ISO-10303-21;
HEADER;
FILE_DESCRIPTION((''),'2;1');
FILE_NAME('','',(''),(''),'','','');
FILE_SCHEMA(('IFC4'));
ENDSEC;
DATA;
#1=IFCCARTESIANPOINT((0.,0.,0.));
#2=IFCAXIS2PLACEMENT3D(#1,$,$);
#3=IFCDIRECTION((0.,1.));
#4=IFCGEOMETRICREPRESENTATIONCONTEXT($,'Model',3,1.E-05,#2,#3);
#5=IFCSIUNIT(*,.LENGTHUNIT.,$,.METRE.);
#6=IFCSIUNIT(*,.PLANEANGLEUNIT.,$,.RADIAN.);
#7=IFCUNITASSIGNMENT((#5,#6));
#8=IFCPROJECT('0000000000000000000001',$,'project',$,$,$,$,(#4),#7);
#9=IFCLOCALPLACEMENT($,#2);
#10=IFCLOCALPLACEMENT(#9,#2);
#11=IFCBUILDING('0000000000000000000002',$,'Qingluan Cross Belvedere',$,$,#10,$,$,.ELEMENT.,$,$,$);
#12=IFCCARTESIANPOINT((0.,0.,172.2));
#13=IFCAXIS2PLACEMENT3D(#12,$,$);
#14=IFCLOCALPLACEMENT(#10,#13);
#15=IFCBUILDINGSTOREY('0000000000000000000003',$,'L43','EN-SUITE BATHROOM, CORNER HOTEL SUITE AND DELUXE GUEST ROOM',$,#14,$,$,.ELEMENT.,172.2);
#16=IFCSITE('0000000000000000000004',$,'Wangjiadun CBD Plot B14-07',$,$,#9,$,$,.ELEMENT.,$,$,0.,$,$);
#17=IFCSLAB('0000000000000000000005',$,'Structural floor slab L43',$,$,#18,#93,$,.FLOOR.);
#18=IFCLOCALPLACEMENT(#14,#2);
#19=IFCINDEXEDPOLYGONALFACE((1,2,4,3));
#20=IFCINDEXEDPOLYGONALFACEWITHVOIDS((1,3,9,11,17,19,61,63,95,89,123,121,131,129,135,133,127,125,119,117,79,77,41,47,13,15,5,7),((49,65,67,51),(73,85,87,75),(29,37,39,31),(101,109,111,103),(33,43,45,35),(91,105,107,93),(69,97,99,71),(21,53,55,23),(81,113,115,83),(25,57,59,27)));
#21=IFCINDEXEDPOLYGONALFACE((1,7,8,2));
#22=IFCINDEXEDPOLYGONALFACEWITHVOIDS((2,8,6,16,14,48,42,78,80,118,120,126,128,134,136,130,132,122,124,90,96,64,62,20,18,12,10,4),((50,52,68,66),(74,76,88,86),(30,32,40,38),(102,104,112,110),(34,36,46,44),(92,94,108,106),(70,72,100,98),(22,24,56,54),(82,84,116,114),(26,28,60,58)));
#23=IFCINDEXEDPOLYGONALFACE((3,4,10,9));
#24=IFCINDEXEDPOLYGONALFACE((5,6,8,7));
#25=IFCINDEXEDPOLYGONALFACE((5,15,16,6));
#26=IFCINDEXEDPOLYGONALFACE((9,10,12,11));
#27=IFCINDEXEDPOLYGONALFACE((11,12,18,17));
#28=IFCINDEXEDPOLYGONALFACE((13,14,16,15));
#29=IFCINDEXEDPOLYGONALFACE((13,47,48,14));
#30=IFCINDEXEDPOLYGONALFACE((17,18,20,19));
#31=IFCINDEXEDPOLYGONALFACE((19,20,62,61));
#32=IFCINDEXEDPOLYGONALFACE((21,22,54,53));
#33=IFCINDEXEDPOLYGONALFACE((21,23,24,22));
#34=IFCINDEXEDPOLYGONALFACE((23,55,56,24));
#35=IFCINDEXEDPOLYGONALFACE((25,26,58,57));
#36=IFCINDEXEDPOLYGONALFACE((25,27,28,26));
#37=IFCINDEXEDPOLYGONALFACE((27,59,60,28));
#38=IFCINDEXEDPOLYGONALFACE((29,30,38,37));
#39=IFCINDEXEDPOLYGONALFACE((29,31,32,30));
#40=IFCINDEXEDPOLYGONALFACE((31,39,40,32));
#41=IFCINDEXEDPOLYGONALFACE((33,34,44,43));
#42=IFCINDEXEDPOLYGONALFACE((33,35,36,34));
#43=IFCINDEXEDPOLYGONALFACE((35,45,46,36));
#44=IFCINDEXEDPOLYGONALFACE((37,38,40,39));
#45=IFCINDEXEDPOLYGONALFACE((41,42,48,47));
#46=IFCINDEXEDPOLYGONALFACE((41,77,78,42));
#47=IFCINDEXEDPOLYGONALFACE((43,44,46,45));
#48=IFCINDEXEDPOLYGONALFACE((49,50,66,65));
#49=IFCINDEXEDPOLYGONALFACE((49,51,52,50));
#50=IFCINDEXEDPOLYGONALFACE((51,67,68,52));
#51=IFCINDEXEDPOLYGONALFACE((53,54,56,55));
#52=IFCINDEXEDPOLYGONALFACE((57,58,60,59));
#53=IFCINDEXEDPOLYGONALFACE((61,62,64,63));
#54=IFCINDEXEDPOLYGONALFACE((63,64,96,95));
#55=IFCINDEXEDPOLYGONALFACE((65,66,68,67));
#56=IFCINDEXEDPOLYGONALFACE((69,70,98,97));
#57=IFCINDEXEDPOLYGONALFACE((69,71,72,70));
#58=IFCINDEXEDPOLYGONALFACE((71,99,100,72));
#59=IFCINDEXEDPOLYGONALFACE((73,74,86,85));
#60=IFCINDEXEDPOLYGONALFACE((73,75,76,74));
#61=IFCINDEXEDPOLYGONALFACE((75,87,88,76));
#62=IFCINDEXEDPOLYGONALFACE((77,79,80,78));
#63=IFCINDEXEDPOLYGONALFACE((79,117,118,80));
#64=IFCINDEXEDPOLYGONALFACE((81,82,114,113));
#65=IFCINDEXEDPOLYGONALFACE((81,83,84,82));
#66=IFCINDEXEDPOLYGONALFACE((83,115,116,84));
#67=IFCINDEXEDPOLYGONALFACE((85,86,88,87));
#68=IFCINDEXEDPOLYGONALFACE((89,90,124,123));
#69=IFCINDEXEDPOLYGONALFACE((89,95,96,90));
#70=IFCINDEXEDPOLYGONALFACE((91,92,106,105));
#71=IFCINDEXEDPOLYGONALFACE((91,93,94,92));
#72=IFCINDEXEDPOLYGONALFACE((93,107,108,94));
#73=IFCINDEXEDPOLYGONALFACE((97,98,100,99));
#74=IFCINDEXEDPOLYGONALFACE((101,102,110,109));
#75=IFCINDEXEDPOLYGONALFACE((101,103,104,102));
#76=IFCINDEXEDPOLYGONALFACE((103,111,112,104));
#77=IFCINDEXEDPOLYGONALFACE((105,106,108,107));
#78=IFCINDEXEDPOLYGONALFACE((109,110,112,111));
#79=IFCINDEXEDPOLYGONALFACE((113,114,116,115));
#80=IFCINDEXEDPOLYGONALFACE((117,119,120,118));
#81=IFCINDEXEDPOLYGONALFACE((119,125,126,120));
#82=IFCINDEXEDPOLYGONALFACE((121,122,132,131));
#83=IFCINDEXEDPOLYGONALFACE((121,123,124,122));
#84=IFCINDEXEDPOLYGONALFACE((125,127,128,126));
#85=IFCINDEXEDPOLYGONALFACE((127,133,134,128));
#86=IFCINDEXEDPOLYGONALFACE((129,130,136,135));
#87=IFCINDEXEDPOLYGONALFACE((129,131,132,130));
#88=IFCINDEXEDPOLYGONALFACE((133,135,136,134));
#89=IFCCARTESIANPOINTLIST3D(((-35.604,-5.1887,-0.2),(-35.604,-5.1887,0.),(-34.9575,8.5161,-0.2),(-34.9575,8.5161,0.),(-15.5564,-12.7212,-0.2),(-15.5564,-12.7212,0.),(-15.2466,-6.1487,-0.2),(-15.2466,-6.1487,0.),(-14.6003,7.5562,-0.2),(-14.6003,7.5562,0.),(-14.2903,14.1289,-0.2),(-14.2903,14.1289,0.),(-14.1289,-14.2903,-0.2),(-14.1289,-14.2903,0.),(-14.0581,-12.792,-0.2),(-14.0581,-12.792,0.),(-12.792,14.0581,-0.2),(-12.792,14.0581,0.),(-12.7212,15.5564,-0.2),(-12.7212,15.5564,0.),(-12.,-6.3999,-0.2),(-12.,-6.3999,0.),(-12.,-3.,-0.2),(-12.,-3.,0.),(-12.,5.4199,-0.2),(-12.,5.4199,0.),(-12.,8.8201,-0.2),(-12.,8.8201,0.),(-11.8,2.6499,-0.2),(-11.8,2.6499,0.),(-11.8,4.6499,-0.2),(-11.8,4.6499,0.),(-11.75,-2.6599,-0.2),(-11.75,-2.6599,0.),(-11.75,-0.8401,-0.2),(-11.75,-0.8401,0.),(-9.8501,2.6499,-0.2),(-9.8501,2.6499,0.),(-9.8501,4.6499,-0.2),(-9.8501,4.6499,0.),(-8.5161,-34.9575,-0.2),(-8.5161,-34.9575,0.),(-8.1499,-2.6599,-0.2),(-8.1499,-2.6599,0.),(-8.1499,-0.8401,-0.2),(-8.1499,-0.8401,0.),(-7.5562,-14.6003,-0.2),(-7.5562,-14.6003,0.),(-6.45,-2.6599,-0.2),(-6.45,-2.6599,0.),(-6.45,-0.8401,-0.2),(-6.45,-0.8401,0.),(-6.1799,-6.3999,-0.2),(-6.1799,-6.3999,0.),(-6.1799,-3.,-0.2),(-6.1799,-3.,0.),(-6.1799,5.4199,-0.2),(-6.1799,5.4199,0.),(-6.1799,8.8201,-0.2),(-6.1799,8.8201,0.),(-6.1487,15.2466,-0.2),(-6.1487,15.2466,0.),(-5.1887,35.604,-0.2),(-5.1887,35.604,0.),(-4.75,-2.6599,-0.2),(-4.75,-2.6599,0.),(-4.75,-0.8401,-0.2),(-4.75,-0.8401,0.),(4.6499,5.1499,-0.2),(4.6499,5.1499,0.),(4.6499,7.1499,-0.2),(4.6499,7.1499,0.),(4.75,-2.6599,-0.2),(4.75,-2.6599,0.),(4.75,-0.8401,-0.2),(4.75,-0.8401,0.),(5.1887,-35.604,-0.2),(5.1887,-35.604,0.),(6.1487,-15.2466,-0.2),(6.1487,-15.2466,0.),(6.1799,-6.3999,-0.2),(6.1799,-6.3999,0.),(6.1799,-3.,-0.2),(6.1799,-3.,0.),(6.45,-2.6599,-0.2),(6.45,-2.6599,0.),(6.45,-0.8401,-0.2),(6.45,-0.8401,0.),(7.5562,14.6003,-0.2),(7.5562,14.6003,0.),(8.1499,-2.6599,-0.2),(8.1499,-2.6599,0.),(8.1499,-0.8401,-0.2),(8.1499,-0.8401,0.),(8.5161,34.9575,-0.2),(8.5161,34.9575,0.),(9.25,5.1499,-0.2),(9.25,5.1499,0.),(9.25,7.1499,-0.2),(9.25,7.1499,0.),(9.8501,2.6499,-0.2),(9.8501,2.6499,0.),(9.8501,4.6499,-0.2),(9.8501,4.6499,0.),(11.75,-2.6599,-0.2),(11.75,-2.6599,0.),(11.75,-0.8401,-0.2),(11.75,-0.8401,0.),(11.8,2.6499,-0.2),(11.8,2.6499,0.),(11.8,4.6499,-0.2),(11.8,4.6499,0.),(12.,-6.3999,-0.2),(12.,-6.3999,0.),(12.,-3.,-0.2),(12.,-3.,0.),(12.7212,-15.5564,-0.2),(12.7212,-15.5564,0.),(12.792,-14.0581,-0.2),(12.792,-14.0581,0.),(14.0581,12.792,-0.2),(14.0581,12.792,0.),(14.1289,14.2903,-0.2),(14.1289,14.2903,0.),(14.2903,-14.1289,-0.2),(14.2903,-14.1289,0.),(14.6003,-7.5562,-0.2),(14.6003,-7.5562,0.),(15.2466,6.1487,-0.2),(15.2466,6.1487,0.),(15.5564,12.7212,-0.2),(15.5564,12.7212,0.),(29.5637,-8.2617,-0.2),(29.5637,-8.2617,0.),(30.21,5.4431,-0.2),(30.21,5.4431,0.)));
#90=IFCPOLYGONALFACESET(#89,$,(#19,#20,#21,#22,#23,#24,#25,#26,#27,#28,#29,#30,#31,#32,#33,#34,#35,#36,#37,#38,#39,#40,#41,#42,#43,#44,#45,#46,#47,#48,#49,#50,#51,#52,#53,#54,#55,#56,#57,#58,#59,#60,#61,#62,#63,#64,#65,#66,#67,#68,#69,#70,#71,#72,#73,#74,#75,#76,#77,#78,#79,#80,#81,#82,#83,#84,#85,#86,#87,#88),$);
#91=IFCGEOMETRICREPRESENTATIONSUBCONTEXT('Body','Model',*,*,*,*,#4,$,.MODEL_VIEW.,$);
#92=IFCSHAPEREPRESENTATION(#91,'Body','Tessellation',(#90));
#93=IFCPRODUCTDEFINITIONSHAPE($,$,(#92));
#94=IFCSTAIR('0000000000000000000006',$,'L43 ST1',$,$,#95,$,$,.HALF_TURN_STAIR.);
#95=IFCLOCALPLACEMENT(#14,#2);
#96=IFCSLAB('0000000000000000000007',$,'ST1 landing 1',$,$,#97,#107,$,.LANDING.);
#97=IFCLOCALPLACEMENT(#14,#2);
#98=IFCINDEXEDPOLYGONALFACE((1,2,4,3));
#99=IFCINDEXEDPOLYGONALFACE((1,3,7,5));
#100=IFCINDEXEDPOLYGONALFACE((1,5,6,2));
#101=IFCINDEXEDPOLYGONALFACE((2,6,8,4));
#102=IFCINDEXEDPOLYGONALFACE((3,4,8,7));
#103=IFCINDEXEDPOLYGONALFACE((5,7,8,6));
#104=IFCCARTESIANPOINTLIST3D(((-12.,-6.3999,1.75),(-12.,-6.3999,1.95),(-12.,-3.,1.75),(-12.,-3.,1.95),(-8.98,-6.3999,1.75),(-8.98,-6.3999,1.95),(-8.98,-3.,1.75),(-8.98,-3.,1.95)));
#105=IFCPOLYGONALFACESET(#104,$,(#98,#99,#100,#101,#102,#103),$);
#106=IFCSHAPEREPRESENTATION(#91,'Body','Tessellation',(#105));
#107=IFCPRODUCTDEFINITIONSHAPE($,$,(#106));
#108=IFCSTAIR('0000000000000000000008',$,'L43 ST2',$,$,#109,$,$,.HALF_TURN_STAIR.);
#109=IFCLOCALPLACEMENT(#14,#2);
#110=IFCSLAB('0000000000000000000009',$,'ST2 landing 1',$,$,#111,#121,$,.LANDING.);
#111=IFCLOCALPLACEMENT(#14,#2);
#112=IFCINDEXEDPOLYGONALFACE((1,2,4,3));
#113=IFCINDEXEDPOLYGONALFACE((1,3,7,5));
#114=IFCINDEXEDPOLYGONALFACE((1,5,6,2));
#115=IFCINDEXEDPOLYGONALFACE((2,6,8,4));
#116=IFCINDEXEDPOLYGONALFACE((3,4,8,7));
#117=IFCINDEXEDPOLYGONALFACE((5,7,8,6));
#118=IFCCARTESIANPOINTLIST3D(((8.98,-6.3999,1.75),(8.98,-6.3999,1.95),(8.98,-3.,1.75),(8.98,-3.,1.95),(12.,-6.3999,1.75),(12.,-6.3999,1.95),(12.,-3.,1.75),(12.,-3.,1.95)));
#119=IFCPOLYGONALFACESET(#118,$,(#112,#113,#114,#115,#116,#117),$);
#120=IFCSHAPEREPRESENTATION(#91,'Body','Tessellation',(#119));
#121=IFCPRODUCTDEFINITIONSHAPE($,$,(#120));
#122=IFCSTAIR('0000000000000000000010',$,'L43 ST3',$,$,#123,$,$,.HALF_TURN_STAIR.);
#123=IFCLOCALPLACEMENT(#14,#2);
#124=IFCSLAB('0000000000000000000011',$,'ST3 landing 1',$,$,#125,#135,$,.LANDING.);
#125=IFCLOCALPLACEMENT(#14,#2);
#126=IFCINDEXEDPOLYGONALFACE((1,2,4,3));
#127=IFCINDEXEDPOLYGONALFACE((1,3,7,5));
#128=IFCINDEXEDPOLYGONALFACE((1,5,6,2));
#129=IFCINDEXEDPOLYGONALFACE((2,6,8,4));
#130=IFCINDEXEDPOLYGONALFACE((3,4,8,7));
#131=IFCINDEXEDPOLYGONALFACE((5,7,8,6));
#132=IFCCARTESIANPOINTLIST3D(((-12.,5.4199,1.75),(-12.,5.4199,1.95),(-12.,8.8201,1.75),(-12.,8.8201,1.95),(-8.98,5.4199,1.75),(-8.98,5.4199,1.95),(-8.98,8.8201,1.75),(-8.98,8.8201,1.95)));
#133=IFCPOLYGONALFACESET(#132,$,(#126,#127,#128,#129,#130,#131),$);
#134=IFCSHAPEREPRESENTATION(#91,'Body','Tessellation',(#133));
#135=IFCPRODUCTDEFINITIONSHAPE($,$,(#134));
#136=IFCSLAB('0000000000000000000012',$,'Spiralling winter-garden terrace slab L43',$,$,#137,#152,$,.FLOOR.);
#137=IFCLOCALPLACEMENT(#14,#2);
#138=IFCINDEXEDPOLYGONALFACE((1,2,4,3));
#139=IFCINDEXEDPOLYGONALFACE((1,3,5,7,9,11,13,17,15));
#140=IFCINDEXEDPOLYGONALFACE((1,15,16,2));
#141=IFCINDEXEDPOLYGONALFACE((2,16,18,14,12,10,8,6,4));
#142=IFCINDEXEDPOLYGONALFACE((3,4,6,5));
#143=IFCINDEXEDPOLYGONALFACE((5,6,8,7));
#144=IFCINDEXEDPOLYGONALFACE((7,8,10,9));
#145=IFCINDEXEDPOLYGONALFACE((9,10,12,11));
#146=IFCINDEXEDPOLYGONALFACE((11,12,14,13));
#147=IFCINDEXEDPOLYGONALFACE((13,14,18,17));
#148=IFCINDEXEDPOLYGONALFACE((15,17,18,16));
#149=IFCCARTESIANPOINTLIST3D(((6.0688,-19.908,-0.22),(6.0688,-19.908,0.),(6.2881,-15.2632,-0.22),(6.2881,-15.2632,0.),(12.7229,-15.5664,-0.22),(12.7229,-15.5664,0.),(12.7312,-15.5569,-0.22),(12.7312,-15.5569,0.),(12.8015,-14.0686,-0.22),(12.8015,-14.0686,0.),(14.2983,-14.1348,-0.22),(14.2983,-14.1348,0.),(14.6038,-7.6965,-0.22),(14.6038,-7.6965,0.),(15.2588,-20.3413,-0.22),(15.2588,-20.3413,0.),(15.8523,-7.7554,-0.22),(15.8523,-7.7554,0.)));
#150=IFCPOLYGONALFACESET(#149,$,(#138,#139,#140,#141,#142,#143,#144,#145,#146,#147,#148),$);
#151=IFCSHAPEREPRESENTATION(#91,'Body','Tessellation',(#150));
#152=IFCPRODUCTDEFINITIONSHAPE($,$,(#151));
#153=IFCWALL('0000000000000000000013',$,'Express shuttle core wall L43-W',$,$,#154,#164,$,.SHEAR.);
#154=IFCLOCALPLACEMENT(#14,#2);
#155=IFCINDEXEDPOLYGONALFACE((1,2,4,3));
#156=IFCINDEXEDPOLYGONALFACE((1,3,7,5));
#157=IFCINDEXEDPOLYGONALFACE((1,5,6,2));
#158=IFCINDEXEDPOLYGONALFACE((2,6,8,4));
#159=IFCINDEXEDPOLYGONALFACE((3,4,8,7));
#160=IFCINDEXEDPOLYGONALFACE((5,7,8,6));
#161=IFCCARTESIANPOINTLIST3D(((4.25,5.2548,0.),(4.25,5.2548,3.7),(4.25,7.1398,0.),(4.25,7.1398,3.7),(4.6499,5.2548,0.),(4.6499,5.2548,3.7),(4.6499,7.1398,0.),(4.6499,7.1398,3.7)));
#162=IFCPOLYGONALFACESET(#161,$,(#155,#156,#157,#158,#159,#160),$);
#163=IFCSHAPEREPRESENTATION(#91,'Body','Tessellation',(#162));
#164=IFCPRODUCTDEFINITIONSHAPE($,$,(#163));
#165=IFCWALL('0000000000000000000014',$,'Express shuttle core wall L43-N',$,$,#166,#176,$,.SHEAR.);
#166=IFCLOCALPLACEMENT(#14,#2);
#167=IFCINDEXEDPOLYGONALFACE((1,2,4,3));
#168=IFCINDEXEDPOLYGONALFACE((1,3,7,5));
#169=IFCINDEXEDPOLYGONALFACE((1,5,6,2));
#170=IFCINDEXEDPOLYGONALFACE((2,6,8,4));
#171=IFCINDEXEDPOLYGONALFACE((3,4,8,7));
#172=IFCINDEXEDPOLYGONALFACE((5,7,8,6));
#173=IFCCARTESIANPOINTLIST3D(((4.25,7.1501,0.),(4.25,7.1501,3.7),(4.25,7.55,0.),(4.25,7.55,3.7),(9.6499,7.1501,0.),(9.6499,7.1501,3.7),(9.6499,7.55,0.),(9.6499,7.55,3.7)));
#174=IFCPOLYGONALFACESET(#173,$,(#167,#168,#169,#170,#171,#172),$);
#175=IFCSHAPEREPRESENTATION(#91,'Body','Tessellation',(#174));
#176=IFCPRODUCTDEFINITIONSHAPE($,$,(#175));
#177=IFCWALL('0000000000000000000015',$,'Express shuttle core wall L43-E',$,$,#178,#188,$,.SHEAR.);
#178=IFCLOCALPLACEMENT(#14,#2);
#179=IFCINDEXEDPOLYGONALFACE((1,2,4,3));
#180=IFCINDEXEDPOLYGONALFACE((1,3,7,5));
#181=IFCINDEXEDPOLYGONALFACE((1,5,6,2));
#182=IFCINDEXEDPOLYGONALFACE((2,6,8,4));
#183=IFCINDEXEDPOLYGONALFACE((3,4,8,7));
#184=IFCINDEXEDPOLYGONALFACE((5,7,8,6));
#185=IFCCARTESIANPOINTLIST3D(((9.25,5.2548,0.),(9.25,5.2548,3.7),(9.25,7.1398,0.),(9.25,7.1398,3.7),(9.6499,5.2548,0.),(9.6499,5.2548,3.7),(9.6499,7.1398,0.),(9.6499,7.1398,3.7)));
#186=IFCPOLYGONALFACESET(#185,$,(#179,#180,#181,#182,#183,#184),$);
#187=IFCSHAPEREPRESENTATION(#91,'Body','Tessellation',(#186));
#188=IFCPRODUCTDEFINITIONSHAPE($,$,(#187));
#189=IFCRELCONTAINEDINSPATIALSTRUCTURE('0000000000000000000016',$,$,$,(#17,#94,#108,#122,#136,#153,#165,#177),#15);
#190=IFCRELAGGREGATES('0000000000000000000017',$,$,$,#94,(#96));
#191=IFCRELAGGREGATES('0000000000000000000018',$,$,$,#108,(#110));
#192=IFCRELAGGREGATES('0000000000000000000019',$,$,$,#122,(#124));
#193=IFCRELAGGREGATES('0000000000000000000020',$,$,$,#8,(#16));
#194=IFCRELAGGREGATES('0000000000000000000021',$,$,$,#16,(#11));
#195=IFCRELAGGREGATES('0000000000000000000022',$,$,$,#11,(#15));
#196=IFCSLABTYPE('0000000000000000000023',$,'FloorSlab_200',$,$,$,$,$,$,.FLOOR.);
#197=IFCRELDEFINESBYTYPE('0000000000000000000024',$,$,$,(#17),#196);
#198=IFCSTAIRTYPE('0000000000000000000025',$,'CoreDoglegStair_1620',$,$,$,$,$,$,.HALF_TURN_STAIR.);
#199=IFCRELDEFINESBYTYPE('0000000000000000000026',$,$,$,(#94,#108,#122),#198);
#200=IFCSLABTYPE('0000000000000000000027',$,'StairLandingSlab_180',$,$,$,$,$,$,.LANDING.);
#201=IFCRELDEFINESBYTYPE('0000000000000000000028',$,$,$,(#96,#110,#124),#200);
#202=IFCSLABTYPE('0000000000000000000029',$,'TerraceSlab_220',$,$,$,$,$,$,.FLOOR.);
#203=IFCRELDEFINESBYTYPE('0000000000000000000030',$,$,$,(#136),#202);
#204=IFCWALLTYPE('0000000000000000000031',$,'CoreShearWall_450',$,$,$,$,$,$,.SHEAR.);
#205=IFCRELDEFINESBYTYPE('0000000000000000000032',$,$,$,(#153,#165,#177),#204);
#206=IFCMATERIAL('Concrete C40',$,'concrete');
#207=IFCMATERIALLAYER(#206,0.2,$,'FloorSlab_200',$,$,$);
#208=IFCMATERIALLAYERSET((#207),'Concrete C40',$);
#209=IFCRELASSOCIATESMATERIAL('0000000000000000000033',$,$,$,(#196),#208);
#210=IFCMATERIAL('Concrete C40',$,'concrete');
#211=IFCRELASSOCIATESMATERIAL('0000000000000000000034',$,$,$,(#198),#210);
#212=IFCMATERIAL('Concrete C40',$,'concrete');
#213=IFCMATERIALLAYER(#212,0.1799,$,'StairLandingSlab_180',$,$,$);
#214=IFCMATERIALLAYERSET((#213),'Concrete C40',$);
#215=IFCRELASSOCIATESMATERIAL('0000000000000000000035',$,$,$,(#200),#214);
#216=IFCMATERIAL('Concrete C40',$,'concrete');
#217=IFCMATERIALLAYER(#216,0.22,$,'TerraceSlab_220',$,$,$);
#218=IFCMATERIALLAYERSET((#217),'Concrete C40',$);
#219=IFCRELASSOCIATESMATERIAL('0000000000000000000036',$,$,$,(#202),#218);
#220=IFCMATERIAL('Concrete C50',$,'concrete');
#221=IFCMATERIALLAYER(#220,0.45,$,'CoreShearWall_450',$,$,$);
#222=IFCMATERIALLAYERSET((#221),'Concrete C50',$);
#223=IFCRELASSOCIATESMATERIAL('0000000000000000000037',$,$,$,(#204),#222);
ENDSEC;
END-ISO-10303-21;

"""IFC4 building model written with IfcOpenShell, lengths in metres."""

from ifc_helpers import new_model, si_unit, direction, frame, frame_2d, origin, place, context, subcontext, project, spatial, polyline, rectangle, outline, extrude, material, layer, layer_set, type_object, element, aggregate, save


model = new_model("IFC4")

# Units and contexts
model_context = context("Model", 3, precision=1e-05, world=origin(), true_north=direction((0.0, 1.0)))
body_context = subcontext(model_context, "Body", "Model", "MODEL_VIEW")
ifc_project = project(units=[si_unit("LENGTHUNIT", "METRE"), si_unit("PLANEANGLEUNIT", "RADIAN")], contexts=[model_context])

# Site, building, storey
site_placement = place(None, origin())
site = spatial("IfcSite", under=ifc_project, at=site_placement, Name="Wangjiadun CBD Plot B14-07", CompositionType="ELEMENT", RefElevation=0.0)
building_placement = place(site_placement, origin())
building = spatial("IfcBuilding", under=site, at=building_placement, Name="Qingluan Cross Belvedere", CompositionType="ELEMENT")
storey_placement = place(building_placement, frame((0.0, 0.0, 172.2)))
storey = spatial("IfcBuildingStorey", under=building, at=storey_placement, Name="L43", Description="EN-SUITE BATHROOM, CORNER HOTEL SUITE AND DELUXE GUEST ROOM", CompositionType="ELEMENT", Elevation=172.2)

# Slab
ifc_material_1 = material(Name="Concrete C40", Category="concrete")
ifc_layer_1 = layer(ifc_material_1, 0.2, Name="FloorSlab_200")
ifc_layer_set_1 = layer_set([ifc_layer_1], Name="Concrete C40")
slab_type_1 = type_object("IfcSlabType", Name="FloorSlab_200", PredefinedType="FLOOR", material=ifc_layer_set_1)
slab_1_placement = place(storey_placement, frame((0.0, 0.0, -0.2)))
element("IfcSlab", 1, at=slab_1_placement, inside=storey, type_object=slab_type_1, Name="Structural floor slab L43", PredefinedType="FLOOR", context=body_context, shape_type="SweptSolid", body=[
    extrude(outline(polyline([(5.1887, -35.604), (6.1487, -15.2466), (12.7212, -15.5564), (12.792, -14.0581), (14.2903, -14.1289), (14.6003, -7.5562), (29.5637, -8.2617), (30.21, 5.4431), (15.2466, 6.1487), (15.5564, 12.7212), (14.0581, 12.792), (14.1289, 14.2903), (7.5562, 14.6003), (8.5161, 34.9575), (-5.1887, 35.604), (-6.1487, 15.2466), (-12.7212, 15.5564), (-12.792, 14.0581), (-14.2903, 14.1289), (-14.6003, 7.5562), (-34.9575, 8.5161), (-35.604, -5.1887), (-15.2466, -6.1487), (-15.5564, -12.7212), (-14.0581, -12.792), (-14.1289, -14.2903), (-7.5562, -14.6003), (-8.5161, -34.9575), (5.1887, -35.604)]), holes=[polyline([(-12.0, -3.0), (-6.1799, -3.0), (-6.1799, -6.3999), (-12.0, -6.3999), (-12.0, -3.0)]), polyline([(6.1799, -3.0), (12.0, -3.0), (12.0, -6.3999), (6.1799, -6.3999), (6.1799, -3.0)]), polyline([(-12.0, 8.8201), (-6.1799, 8.8201), (-6.1799, 5.4199), (-12.0, 5.4199), (-12.0, 8.8201)]), polyline([(-11.8, 4.6499), (-9.8501, 4.6499), (-9.8501, 2.6499), (-11.8, 2.6499), (-11.8, 4.6499)]), polyline([(9.8501, 4.6499), (11.8, 4.6499), (11.8, 2.6499), (9.8501, 2.6499), (9.8501, 4.6499)]), polyline([(-11.75, -0.8401), (-8.1499, -0.8401), (-8.1499, -2.6599), (-11.75, -2.6599), (-11.75, -0.8401)]), polyline([(-6.45, -0.8401), (-4.75, -0.8401), (-4.75, -2.6599), (-6.45, -2.6599), (-6.45, -0.8401)]), polyline([(4.75, -0.8401), (6.45, -0.8401), (6.45, -2.6599), (4.75, -2.6599), (4.75, -0.8401)]), polyline([(8.1499, -0.8401), (11.75, -0.8401), (11.75, -2.6599), (8.1499, -2.6599), (8.1499, -0.8401)]), polyline([(4.6499, 7.1499), (9.25, 7.1499), (9.25, 5.1499), (4.6499, 5.1499), (4.6499, 7.1499)])]), origin(), (0.0, 0.0, 1.0), 0.2),
])

# Stairs, slabs
ifc_material_2 = material(Name="Concrete C40", Category="concrete")
stair_type = type_object("IfcStairType", Name="CoreDoglegStair_1620", PredefinedType="HALF_TURN_STAIR", material=ifc_material_2)
stair_1_placement = place(storey_placement, origin())
stair_1 = element("IfcStair", 2, at=stair_1_placement, inside=storey, type_object=stair_type, Name="L43 ST1", PredefinedType="HALF_TURN_STAIR")
ifc_material_3 = material(Name="Concrete C40", Category="concrete")
ifc_layer_2 = layer(ifc_material_3, 0.1799, Name="StairLandingSlab_180")
ifc_layer_set_2 = layer_set([ifc_layer_2], Name="Concrete C40")
slab_type_2 = type_object("IfcSlabType", Name="StairLandingSlab_180", PredefinedType="LANDING", material=ifc_layer_set_2)
slab_2_placement = place(storey_placement, frame((0.0, 0.0, 1.75)))
slab_2 = element("IfcSlab", 3, at=slab_2_placement, type_object=slab_type_2, Name="ST1 landing 1", PredefinedType="LANDING", context=body_context, shape_type="SweptSolid", body=[
    extrude(outline(polyline([(-8.98, -3.0), (-12.0, -3.0), (-12.0, -6.3999), (-8.98, -6.3999), (-8.98, -3.0)])), origin(), (0.0, 0.0, 1.0), 0.2),
])
aggregate(stair_1, [slab_2])
stair_2_placement = place(storey_placement, origin())
stair_2 = element("IfcStair", 4, at=stair_2_placement, inside=storey, type_object=stair_type, Name="L43 ST2", PredefinedType="HALF_TURN_STAIR")
slab_3_placement = place(storey_placement, frame((0.0, 0.0, 1.75)))
slab_3 = element("IfcSlab", 5, at=slab_3_placement, type_object=slab_type_2, Name="ST2 landing 1", PredefinedType="LANDING", context=body_context, shape_type="SweptSolid", body=[
    extrude(outline(polyline([(8.98, -6.3999), (12.0, -6.3999), (12.0, -3.0), (8.98, -3.0), (8.98, -6.3999)])), origin(), (0.0, 0.0, 1.0), 0.2),
])
aggregate(stair_2, [slab_3])
stair_3_placement = place(storey_placement, origin())
stair_3 = element("IfcStair", 6, at=stair_3_placement, inside=storey, type_object=stair_type, Name="L43 ST3", PredefinedType="HALF_TURN_STAIR")
slab_4_placement = place(storey_placement, frame((0.0, 0.0, 1.75)))
slab_4 = element("IfcSlab", 7, at=slab_4_placement, type_object=slab_type_2, Name="ST3 landing 1", PredefinedType="LANDING", context=body_context, shape_type="SweptSolid", body=[
    extrude(outline(polyline([(-8.98, 8.8201), (-12.0, 8.8201), (-12.0, 5.4199), (-8.98, 5.4199), (-8.98, 8.8201)])), origin(), (0.0, 0.0, 1.0), 0.2),
])
aggregate(stair_3, [slab_4])

# Slab
ifc_material_4 = material(Name="Concrete C40", Category="concrete")
ifc_layer_3 = layer(ifc_material_4, 0.22, Name="TerraceSlab_220")
ifc_layer_set_3 = layer_set([ifc_layer_3], Name="Concrete C40")
slab_type_3 = type_object("IfcSlabType", Name="TerraceSlab_220", PredefinedType="FLOOR", material=ifc_layer_set_3)
slab_5_placement = place(storey_placement, frame((0.0, 0.0, -0.22)))
element("IfcSlab", 8, at=slab_5_placement, inside=storey, type_object=slab_type_3, Name="Spiralling winter-garden terrace slab L43", PredefinedType="FLOOR", context=body_context, shape_type="SweptSolid", body=[
    extrude(outline(polyline([(14.6038, -7.6965), (14.2983, -14.1348), (12.8015, -14.0686), (12.7312, -15.5569), (12.7229, -15.5664), (6.2881, -15.2632), (6.0688, -19.908), (15.2588, -20.3413), (15.8523, -7.7554), (14.6038, -7.6965)])), origin(), (0.0, 0.0, 1.0), 0.22),
])

# Walls
ifc_material_5 = material(Name="Concrete C50", Category="concrete")
ifc_layer_4 = layer(ifc_material_5, 0.45, Name="CoreShearWall_450")
ifc_layer_set_4 = layer_set([ifc_layer_4], Name="Concrete C50")
wall_type_1 = type_object("IfcWallType", Name="CoreShearWall_450", PredefinedType="SHEAR", material=ifc_layer_set_4)
wall_1_placement = place(storey_placement, frame((4.45, 5.2549, 0.0), z_axis=(0.0, 0.0, 1.0), x_axis=(0.0, 1.0, 0.0)))
element("IfcWall", 9, at=wall_1_placement, inside=storey, type_object=wall_type_1, Name="Express shuttle core wall L43-W", PredefinedType="SHEAR", context=body_context, shape_type="SweptSolid", body=[
    extrude(rectangle(XDim=1.885, YDim=0.3999, at=frame_2d((0.9424, 0.0))), origin(), (0.0, 0.0, 1.0), 3.7),
])
wall_2_placement = place(storey_placement, frame((4.25, 7.3501, 0.0), z_axis=(0.0, 0.0, 1.0), x_axis=(1.0, 0.0, 0.0)))
element("IfcWall", 10, at=wall_2_placement, inside=storey, type_object=wall_type_1, Name="Express shuttle core wall L43-N", PredefinedType="SHEAR", context=body_context, shape_type="SweptSolid", body=[
    extrude(rectangle(XDim=5.3999, YDim=0.3999, at=frame_2d((2.7, 0.0))), origin(), (0.0, 0.0, 1.0), 3.7),
])
wall_3_placement = place(storey_placement, frame((9.45, 5.2549, 0.0), z_axis=(0.0, 0.0, 1.0), x_axis=(0.0, 1.0, 0.0)))
element("IfcWall", 11, at=wall_3_placement, inside=storey, type_object=wall_type_1, Name="Express shuttle core wall L43-E", PredefinedType="SHEAR", context=body_context, shape_type="SweptSolid", body=[
    extrude(rectangle(XDim=1.885, YDim=0.3999, at=frame_2d((0.9424, 0.0))), origin(), (0.0, 0.0, 1.0), 3.7),
])

save(model, "model.ifc")
